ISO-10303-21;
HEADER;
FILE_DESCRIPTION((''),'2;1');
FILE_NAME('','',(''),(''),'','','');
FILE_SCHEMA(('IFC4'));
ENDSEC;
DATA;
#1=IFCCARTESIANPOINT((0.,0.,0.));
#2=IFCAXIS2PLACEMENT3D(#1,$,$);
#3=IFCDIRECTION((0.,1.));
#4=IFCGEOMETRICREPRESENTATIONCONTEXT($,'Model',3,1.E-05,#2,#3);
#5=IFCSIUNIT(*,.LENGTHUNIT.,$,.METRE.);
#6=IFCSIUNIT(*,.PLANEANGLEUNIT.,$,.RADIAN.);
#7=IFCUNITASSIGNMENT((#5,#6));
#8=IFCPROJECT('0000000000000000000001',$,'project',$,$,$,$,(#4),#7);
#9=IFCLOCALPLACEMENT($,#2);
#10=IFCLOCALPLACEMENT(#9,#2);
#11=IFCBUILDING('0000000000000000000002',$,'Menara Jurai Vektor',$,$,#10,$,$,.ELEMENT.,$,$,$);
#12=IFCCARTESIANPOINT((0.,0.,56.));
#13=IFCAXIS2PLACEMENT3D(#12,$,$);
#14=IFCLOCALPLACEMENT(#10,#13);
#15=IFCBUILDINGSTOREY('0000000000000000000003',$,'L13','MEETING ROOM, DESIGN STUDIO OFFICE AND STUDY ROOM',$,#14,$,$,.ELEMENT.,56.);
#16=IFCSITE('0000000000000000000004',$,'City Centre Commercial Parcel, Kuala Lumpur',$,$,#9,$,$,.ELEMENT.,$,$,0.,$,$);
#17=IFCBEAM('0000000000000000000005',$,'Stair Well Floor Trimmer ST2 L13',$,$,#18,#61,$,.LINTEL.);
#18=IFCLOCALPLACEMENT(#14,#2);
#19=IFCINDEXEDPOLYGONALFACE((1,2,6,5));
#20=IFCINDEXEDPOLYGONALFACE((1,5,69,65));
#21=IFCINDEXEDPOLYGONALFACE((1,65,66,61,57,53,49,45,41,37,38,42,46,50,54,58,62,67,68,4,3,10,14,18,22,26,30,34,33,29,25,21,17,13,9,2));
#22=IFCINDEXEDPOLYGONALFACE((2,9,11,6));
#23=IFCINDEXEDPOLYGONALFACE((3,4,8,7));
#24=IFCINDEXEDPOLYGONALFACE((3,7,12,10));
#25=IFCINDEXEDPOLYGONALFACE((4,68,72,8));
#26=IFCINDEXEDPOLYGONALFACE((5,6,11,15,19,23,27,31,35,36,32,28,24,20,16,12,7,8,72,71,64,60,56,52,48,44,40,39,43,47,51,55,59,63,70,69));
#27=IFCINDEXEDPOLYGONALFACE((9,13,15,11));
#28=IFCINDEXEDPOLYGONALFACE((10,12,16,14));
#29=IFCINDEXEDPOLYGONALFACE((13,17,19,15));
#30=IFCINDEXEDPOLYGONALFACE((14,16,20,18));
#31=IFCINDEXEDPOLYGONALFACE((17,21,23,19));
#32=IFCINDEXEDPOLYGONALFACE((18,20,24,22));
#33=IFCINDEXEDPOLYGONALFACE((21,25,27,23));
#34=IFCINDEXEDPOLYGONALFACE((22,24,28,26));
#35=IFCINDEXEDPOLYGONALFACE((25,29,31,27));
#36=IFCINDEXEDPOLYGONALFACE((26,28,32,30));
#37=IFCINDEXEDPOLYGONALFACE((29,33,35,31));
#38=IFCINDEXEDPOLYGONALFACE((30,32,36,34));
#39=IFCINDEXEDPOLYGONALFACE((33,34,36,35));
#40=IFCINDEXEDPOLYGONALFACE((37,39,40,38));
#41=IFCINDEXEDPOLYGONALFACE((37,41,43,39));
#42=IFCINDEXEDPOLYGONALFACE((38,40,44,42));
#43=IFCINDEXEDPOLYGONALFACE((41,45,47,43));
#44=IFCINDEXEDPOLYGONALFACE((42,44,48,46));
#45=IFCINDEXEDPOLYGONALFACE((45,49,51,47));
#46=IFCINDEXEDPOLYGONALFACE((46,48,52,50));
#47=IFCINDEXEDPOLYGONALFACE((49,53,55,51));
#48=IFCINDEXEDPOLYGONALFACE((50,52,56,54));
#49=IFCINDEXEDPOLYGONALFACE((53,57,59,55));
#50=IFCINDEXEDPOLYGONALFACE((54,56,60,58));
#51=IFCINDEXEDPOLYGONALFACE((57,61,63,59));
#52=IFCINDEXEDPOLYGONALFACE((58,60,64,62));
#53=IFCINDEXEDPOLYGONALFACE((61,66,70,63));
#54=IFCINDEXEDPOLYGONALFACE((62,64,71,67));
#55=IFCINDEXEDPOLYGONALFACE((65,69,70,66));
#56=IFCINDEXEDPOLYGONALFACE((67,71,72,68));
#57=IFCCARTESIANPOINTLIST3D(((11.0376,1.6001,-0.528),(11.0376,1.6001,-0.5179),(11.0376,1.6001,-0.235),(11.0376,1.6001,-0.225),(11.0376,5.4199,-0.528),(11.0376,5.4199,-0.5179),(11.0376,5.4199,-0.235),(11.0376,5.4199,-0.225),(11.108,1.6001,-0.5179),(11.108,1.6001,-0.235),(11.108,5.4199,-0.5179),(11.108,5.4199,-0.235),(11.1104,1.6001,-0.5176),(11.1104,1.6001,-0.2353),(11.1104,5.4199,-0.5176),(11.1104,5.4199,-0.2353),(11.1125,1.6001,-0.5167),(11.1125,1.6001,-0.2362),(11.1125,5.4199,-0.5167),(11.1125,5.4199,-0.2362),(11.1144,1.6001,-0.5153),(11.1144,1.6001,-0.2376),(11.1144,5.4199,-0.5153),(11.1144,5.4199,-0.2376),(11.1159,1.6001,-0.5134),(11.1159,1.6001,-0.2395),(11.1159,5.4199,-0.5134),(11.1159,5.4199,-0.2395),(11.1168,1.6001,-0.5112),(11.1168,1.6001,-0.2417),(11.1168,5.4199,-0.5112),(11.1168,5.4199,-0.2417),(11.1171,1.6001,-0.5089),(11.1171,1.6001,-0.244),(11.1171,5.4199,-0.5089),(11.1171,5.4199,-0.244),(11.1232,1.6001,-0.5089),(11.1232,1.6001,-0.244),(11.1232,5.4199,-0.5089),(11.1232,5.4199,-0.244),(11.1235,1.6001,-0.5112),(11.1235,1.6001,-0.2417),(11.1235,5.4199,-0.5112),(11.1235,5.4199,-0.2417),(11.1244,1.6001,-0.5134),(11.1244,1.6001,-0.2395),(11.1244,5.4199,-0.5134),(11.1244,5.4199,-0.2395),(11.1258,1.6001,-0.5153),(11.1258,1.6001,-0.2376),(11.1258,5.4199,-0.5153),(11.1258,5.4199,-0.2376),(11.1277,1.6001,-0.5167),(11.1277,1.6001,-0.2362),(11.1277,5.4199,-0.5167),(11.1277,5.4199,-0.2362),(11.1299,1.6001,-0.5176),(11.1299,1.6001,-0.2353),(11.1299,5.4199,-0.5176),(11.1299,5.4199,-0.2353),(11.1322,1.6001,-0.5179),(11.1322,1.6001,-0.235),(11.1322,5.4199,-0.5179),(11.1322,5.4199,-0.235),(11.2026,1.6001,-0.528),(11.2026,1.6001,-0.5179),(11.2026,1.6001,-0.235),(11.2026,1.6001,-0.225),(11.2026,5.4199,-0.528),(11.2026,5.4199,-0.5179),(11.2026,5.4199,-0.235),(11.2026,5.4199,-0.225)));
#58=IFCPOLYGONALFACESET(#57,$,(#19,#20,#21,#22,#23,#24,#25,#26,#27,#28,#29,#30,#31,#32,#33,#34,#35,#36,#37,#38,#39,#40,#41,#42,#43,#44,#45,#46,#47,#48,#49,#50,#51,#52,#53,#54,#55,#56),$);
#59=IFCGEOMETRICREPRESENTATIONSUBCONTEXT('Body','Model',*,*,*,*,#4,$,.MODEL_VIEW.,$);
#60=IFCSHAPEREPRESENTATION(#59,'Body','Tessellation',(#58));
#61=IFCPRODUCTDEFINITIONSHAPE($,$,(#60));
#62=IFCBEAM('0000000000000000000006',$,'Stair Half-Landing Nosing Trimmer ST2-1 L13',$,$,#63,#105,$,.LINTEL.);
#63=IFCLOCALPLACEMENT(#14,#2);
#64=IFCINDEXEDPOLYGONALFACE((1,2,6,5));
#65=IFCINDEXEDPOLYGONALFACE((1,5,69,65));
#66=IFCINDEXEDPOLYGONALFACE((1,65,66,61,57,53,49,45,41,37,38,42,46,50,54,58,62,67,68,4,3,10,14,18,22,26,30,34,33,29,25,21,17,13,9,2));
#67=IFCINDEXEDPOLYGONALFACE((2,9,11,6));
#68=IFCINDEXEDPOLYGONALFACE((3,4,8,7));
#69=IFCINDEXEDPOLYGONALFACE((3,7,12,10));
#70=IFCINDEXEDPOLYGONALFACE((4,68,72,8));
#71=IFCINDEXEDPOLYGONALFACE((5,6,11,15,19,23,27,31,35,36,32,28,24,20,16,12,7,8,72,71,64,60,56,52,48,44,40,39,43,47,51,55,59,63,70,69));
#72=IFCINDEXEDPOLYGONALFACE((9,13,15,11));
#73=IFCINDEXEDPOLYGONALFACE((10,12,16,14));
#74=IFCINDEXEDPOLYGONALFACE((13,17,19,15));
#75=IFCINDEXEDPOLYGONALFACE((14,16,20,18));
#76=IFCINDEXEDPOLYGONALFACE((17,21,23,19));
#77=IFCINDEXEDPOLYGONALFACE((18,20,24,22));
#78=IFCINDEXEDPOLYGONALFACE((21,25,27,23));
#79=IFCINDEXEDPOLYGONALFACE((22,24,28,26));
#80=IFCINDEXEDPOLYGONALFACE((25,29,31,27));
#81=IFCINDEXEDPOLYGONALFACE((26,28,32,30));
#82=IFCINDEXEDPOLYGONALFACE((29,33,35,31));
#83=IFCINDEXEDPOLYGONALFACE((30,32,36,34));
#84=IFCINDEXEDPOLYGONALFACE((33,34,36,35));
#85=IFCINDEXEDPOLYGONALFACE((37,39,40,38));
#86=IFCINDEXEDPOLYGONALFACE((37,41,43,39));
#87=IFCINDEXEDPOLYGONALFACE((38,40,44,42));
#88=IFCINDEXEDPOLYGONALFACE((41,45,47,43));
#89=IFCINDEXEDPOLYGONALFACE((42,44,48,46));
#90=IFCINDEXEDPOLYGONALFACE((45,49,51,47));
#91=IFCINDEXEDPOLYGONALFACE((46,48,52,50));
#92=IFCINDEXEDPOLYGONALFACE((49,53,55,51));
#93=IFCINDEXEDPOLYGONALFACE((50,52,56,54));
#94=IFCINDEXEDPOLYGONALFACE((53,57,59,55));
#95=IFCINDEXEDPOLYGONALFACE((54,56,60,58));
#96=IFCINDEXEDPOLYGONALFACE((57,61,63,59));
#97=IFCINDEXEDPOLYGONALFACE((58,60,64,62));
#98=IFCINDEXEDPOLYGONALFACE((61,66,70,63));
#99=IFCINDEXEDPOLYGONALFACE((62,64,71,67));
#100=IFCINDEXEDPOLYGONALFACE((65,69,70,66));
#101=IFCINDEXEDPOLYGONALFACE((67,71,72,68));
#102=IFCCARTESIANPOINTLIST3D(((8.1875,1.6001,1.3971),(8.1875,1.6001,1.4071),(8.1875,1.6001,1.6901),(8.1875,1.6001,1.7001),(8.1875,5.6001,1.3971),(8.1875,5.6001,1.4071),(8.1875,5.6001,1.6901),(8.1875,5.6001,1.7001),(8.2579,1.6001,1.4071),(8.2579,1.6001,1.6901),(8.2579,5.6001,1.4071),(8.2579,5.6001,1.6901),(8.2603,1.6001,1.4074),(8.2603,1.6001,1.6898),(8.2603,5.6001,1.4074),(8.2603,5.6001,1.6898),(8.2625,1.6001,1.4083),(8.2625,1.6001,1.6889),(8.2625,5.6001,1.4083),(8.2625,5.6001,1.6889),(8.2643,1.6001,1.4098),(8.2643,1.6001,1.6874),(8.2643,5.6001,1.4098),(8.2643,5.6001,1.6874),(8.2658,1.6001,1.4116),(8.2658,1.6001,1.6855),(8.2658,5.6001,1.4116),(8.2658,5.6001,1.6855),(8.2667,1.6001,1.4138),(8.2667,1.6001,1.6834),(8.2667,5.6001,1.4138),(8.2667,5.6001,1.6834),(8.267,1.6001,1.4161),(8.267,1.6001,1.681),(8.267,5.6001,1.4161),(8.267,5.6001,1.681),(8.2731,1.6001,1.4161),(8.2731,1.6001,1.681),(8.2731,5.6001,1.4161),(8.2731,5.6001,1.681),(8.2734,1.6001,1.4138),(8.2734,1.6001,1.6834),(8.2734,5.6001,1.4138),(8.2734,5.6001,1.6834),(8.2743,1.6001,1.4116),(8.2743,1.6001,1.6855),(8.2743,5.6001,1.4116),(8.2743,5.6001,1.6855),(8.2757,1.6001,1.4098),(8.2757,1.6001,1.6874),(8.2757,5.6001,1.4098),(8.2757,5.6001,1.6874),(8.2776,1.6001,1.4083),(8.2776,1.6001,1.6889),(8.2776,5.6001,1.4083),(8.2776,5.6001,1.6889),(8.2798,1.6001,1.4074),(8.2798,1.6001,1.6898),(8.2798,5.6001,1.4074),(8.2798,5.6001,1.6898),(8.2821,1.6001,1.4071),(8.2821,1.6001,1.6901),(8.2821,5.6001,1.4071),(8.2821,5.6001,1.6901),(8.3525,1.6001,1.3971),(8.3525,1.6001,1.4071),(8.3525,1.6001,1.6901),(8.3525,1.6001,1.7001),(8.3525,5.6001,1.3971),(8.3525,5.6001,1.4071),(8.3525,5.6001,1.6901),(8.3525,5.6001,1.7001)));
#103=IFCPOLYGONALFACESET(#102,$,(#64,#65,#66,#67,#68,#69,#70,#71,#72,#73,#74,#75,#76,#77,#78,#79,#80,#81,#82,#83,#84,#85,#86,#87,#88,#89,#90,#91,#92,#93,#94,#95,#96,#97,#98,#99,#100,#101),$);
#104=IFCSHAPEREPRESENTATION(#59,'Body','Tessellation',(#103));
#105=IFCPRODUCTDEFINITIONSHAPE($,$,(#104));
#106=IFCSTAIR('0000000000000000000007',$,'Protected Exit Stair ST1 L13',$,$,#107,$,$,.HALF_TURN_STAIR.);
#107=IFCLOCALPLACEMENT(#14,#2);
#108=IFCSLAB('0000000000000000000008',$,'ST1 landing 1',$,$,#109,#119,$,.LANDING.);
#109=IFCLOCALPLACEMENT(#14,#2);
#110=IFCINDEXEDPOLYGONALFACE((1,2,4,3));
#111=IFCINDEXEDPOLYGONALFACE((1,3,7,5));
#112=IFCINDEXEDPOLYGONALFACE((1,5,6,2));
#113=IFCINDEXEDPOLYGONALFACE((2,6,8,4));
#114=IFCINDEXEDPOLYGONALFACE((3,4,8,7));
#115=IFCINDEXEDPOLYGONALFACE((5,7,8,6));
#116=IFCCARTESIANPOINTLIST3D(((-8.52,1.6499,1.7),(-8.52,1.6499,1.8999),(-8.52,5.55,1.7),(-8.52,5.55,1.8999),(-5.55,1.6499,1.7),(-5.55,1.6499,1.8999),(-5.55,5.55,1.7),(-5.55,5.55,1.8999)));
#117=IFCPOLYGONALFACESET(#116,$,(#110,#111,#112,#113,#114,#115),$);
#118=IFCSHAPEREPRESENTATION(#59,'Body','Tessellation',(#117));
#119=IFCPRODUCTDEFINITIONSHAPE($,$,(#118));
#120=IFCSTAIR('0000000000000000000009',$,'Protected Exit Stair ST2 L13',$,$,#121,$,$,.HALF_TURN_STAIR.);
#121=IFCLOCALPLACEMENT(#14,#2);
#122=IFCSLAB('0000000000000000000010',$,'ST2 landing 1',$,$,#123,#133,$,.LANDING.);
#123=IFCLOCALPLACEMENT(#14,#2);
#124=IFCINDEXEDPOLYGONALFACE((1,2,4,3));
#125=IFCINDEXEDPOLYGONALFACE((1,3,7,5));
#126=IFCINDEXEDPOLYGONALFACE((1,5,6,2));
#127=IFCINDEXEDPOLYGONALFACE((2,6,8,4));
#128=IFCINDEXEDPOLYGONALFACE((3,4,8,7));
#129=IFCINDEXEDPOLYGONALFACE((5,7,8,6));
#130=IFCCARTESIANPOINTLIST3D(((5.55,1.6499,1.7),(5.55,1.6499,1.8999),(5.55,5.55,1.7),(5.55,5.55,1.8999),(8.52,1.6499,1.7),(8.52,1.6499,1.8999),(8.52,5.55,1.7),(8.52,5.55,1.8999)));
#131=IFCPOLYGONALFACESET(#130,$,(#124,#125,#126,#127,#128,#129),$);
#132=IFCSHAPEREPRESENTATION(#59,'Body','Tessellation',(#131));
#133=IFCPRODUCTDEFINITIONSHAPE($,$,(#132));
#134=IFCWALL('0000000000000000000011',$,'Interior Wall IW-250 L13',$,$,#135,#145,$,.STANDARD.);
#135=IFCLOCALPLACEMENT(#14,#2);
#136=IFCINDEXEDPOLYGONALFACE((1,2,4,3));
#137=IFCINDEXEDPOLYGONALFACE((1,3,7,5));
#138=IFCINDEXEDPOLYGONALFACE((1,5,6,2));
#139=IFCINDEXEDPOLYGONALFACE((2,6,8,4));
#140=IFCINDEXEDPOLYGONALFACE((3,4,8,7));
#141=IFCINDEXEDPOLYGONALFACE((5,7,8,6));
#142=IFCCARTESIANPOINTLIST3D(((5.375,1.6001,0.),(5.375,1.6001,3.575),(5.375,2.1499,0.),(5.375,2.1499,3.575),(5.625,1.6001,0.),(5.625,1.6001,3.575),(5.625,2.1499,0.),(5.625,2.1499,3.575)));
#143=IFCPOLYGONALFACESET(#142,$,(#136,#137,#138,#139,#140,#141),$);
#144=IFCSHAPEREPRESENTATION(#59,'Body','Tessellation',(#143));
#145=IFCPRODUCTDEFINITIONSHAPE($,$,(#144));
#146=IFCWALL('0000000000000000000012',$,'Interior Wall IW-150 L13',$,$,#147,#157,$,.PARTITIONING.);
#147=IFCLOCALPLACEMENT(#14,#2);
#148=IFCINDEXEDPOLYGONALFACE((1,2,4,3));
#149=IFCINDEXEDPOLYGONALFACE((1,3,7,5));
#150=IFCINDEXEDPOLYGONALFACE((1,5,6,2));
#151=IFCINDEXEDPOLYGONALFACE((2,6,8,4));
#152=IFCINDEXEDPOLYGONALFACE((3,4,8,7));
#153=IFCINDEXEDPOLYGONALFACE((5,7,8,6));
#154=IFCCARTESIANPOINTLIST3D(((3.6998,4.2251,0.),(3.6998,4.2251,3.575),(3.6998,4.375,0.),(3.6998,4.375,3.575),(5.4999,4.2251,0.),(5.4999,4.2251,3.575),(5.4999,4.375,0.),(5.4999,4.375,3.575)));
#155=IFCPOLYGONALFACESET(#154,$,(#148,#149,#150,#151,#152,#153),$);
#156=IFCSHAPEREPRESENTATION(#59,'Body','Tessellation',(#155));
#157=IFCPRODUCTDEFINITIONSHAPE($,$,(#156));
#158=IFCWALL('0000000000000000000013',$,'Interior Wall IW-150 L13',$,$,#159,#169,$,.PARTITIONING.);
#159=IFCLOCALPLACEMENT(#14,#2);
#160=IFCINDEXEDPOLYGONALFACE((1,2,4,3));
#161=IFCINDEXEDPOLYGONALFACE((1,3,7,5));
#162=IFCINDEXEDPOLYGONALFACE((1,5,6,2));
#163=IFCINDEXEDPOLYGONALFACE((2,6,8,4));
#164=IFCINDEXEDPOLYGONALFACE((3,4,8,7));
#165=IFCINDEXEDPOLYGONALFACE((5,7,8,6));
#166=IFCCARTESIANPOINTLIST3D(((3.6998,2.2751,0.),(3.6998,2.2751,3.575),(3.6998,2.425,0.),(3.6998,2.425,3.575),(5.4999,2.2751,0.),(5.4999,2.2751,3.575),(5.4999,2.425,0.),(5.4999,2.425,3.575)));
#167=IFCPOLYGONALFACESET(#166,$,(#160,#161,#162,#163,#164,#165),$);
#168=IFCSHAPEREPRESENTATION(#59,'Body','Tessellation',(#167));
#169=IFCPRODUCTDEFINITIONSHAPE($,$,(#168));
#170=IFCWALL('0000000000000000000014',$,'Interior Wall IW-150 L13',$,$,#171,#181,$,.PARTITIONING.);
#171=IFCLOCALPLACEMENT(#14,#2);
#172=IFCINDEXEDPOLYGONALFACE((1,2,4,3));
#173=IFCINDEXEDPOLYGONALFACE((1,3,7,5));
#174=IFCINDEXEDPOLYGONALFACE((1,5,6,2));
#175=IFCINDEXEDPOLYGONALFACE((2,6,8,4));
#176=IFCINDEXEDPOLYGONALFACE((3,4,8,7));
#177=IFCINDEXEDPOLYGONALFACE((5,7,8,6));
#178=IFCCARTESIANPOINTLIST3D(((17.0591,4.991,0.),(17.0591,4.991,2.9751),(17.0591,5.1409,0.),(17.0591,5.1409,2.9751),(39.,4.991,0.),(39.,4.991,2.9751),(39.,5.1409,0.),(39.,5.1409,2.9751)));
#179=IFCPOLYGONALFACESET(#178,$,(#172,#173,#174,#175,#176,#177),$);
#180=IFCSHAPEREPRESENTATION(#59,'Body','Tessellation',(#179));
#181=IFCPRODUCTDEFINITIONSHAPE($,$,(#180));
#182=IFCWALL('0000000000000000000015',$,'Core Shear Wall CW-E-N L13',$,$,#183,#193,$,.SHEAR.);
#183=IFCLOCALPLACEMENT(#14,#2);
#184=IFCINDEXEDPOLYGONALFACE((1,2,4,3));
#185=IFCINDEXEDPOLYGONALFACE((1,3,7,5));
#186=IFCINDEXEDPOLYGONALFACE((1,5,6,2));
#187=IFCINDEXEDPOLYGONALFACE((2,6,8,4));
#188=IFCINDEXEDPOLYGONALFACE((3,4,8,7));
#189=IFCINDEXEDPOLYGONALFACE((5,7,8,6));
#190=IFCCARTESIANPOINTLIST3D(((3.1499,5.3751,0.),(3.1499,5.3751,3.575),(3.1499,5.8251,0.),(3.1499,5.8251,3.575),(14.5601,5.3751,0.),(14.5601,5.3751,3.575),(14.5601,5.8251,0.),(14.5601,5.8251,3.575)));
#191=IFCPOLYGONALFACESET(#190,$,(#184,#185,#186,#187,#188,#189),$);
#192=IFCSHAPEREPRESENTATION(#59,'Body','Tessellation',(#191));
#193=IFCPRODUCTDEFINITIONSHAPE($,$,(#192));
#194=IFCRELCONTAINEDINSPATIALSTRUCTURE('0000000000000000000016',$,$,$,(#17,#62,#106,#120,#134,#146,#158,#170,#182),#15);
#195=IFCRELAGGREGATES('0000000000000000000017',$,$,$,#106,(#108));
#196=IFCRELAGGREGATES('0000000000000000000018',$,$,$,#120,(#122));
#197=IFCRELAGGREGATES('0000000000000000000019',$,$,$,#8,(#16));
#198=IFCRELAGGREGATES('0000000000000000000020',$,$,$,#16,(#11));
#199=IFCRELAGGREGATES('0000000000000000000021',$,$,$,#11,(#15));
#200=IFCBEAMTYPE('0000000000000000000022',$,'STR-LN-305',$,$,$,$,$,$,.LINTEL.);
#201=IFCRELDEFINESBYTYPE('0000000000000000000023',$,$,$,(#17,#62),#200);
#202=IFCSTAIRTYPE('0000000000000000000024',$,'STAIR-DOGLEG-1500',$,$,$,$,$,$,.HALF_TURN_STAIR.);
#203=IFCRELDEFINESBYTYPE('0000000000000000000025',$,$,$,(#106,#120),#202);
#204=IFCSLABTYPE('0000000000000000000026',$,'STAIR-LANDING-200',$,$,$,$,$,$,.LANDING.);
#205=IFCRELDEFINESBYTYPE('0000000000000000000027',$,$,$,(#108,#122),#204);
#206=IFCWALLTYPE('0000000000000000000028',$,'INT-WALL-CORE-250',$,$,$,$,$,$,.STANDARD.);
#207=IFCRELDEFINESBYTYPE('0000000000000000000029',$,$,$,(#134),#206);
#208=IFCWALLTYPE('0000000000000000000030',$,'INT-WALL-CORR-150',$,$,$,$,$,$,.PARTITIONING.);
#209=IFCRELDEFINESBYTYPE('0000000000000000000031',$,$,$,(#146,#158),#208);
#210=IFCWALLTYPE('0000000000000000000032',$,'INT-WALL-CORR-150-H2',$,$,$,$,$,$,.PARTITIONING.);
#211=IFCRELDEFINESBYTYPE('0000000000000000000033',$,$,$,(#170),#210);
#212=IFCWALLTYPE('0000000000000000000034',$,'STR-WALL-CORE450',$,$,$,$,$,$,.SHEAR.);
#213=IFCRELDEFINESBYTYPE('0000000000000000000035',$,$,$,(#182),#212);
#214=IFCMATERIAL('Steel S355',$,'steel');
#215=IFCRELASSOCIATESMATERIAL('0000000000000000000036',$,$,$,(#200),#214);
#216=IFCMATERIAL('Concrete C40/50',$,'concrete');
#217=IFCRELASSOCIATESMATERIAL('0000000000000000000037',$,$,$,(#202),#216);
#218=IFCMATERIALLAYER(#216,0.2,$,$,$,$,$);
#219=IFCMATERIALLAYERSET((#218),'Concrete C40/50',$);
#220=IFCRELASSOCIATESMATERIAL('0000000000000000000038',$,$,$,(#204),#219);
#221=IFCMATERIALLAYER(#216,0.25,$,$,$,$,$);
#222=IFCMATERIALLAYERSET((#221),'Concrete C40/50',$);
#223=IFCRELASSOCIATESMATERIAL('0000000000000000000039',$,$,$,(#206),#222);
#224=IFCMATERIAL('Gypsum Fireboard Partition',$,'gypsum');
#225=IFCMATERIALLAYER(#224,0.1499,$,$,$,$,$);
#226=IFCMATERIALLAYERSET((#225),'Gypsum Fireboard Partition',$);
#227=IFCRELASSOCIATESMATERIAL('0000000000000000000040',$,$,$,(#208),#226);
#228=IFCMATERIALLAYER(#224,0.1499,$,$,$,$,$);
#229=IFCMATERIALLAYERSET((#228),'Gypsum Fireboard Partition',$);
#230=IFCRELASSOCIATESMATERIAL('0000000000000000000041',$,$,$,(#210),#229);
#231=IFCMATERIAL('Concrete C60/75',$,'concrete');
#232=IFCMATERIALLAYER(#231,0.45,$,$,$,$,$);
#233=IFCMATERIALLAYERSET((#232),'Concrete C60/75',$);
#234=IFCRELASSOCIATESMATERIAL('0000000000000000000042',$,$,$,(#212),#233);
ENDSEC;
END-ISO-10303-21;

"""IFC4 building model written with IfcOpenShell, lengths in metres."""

from ifc_helpers import new_model, si_unit, direction, frame, frame_2d, origin, origin_2d, place, context, subcontext, project, spatial, polyline, rectangle, i_section, outline, extrude, material, layer, layer_set, material_profile, profile_set, type_object, element, aggregate, save


model = new_model("IFC4")

# Units and contexts
model_context = context("Model", 3, precision=1e-05, world=origin(), true_north=direction((0.0, 1.0)))
body_context = subcontext(model_context, "Body", "Model", "MODEL_VIEW")
ifc_project = project(units=[si_unit("LENGTHUNIT", "METRE"), si_unit("PLANEANGLEUNIT", "RADIAN")], contexts=[model_context])

# Site, building, storey
site_placement = place(None, origin())
site = spatial("IfcSite", under=ifc_project, at=site_placement, Name="City Centre Commercial Parcel, Kuala Lumpur", CompositionType="ELEMENT", RefElevation=0.0)
building_placement = place(site_placement, origin())
building = spatial("IfcBuilding", under=site, at=building_placement, Name="Menara Jurai Vektor", CompositionType="ELEMENT")
storey_placement = place(building_placement, frame((0.0, 0.0, 56.0)))
storey = spatial("IfcBuildingStorey", under=building, at=storey_placement, Name="L13", Description="MEETING ROOM, DESIGN STUDIO OFFICE AND STUDY ROOM", CompositionType="ELEMENT", Elevation=56.0)

# Shared definitions
ifc_material_1 = material(Name="Concrete C60/75", Category="concrete")
ifc_material_2 = material(Name="Steel S355", Category="steel")

# Beams
ifc_material_profile_1 = material_profile(ifc_material_2, i_section(OverallWidth=0.165, OverallDepth=0.303, WebThickness=0.0061, FlangeThickness=0.01, FilletRadius=0.009, at=origin_2d()), Name="UKB 305x165x40")
ifc_profile_set_1 = profile_set([ifc_material_profile_1], Name="Steel S355")
beam_type_1 = type_object("IfcBeamType", Name="STR-LN-305", PredefinedType="LINTEL", material=ifc_profile_set_1)
beam_1_placement = place(storey_placement, frame((11.1201, 1.6001, -0.3765), z_axis=(0.0, 1.0, 0.0), x_axis=(-1.0, 0.0, 0.0)))
element("IfcBeam", 1, at=beam_1_placement, inside=storey, type_object=beam_type_1, Name="Stair Well Floor Trimmer ST2 L13", PredefinedType="LINTEL", context=body_context, shape_type="SweptSolid", body=[
    extrude(i_section(OverallWidth=0.165, OverallDepth=0.303, WebThickness=0.0061, FlangeThickness=0.01, FilletRadius=0.009, at=origin_2d()), origin(), (0.0, 0.0, 1.0), 3.8198),
])
beam_2_placement = place(storey_placement, frame((8.27, 1.6001, 1.5486), z_axis=(0.0, 1.0, 0.0), x_axis=(-1.0, 0.0, 0.0)))
element("IfcBeam", 2, at=beam_2_placement, inside=storey, type_object=beam_type_1, Name="Stair Half-Landing Nosing Trimmer ST2-1 L13", PredefinedType="LINTEL", context=body_context, shape_type="SweptSolid", body=[
    extrude(i_section(OverallWidth=0.165, OverallDepth=0.303, WebThickness=0.0061, FlangeThickness=0.01, FilletRadius=0.009, at=origin_2d()), origin(), (0.0, 0.0, 1.0), 4.0),
])

# Stairs, slabs
ifc_material_3 = material(Name="Concrete C40/50", Category="concrete")
stair_type = type_object("IfcStairType", Name="STAIR-DOGLEG-1500", PredefinedType="HALF_TURN_STAIR", material=ifc_material_3)
stair_1_placement = place(storey_placement, origin())
stair_1 = element("IfcStair", 3, at=stair_1_placement, inside=storey, type_object=stair_type, Name="Protected Exit Stair ST1 L13", PredefinedType="HALF_TURN_STAIR")
ifc_layer_1 = layer(ifc_material_3, 0.2)
ifc_layer_set_1 = layer_set([ifc_layer_1], Name="Concrete C40/50")
slab_type = type_object("IfcSlabType", Name="STAIR-LANDING-200", PredefinedType="LANDING", material=ifc_layer_set_1)
slab_1_placement = place(storey_placement, frame((0.0, 0.0, 1.7)))
slab_1 = element("IfcSlab", 4, at=slab_1_placement, type_object=slab_type, Name="ST1 landing 1", PredefinedType="LANDING", context=body_context, shape_type="SweptSolid", body=[
    extrude(outline(polyline([(-8.52, 1.6499), (-5.55, 1.6499), (-5.55, 5.55), (-8.52, 5.55), (-8.52, 1.6499)])), origin(), (0.0, 0.0, 1.0), 0.2),
])
aggregate(stair_1, [slab_1])
stair_2_placement = place(storey_placement, origin())
stair_2 = element("IfcStair", 5, at=stair_2_placement, inside=storey, type_object=stair_type, Name="Protected Exit Stair ST2 L13", PredefinedType="HALF_TURN_STAIR")
slab_2_placement = place(storey_placement, frame((0.0, 0.0, 1.7)))
slab_2 = element("IfcSlab", 6, at=slab_2_placement, type_object=slab_type, Name="ST2 landing 1", PredefinedType="LANDING", context=body_context, shape_type="SweptSolid", body=[
    extrude(outline(polyline([(5.55, 1.6499), (8.52, 1.6499), (8.52, 5.55), (5.55, 5.55), (5.55, 1.6499)])), origin(), (0.0, 0.0, 1.0), 0.2),
])

# Shared definitions
ifc_layer_2 = layer(ifc_material_3, 0.25)
ifc_layer_set_2 = layer_set([ifc_layer_2], Name="Concrete C40/50")
wall_type_1 = type_object("IfcWallType", Name="INT-WALL-CORE-250", PredefinedType="STANDARD", material=ifc_layer_set_2)

# Walls
wall_1_placement = place(storey_placement, frame((5.5, 1.6001, 0.0), z_axis=(0.0, 0.0, 1.0), x_axis=(0.0, 1.0, 0.0)))
element("IfcWall", 7, at=wall_1_placement, inside=storey, type_object=wall_type_1, Name="Interior Wall IW-250 L13", PredefinedType="STANDARD", context=body_context, shape_type="SweptSolid", body=[
    extrude(rectangle(XDim=0.5498, YDim=0.25, at=frame_2d((0.2749, 0.0))), origin(), (0.0, 0.0, 1.0), 3.575),
])
ifc_material_4 = material(Name="Gypsum Fireboard Partition", Category="gypsum")
ifc_layer_3 = layer(ifc_material_4, 0.1499)
ifc_layer_set_3 = layer_set([ifc_layer_3], Name="Gypsum Fireboard Partition")
wall_type_2 = type_object("IfcWallType", Name="INT-WALL-CORR-150", PredefinedType="PARTITIONING", material=ifc_layer_set_3)
for number, where, z_axis, x_axis, name in (
    (8, (3.7, 4.3, 0.0), (0.0, 0.0, 1.0), (1.0, 0.0, 0.0), "Interior Wall IW-150 L13"),
    (9, (3.7, 2.3501, 0.0), (0.0, 0.0, 1.0), (1.0, 0.0, 0.0), "Interior Wall IW-150 L13"),
):
    element("IfcWall", number, at=place(storey_placement, frame(where, z_axis=z_axis, x_axis=x_axis)), inside=storey, type_object=wall_type_2, Name=name, PredefinedType="PARTITIONING", context=body_context, shape_type="SweptSolid", body=[
        extrude(rectangle(XDim=1.8, YDim=0.1499, at=frame_2d((0.8999, 0.0))), origin(), (0.0, 0.0, 1.0), 3.575),
    ])

# Walls
ifc_layer_4 = layer(ifc_material_4, 0.1499)
ifc_layer_set_4 = layer_set([ifc_layer_4], Name="Gypsum Fireboard Partition")
wall_type_3 = type_object("IfcWallType", Name="INT-WALL-CORR-150-H2", PredefinedType="PARTITIONING", material=ifc_layer_set_4)
wall_2_placement = place(storey_placement, frame((17.0591, 5.0659, 0.0), z_axis=(0.0, 0.0, 1.0), x_axis=(1.0, 0.0, 0.0)))
element("IfcWall", 10, at=wall_2_placement, inside=storey, type_object=wall_type_3, Name="Interior Wall IW-150 L13", PredefinedType="PARTITIONING", context=body_context, shape_type="SweptSolid", body=[
    extrude(rectangle(XDim=21.9409, YDim=0.1499, at=frame_2d((10.9705, 0.0))), origin(), (0.0, 0.0, 1.0), 2.9751),
])
ifc_layer_5 = layer(ifc_material_1, 0.45)
ifc_layer_set_5 = layer_set([ifc_layer_5], Name="Concrete C60/75")
wall_type_4 = type_object("IfcWallType", Name="STR-WALL-CORE450", PredefinedType="SHEAR", material=ifc_layer_set_5)
wall_3_placement = place(storey_placement, frame((3.1499, 5.6001, 0.0), z_axis=(0.0, 0.0, 1.0), x_axis=(1.0, 0.0, 0.0)))
element("IfcWall", 11, at=wall_3_placement, inside=storey, type_object=wall_type_4, Name="Core Shear Wall CW-E-N L13", PredefinedType="SHEAR", context=body_context, shape_type="SweptSolid", body=[
    extrude(rectangle(XDim=11.4102, YDim=0.45, at=frame_2d((5.7051, 0.0))), origin(), (0.0, 0.0, 1.0), 3.575),
])

aggregate(stair_2, [slab_2])

save(model, "model.ifc")
